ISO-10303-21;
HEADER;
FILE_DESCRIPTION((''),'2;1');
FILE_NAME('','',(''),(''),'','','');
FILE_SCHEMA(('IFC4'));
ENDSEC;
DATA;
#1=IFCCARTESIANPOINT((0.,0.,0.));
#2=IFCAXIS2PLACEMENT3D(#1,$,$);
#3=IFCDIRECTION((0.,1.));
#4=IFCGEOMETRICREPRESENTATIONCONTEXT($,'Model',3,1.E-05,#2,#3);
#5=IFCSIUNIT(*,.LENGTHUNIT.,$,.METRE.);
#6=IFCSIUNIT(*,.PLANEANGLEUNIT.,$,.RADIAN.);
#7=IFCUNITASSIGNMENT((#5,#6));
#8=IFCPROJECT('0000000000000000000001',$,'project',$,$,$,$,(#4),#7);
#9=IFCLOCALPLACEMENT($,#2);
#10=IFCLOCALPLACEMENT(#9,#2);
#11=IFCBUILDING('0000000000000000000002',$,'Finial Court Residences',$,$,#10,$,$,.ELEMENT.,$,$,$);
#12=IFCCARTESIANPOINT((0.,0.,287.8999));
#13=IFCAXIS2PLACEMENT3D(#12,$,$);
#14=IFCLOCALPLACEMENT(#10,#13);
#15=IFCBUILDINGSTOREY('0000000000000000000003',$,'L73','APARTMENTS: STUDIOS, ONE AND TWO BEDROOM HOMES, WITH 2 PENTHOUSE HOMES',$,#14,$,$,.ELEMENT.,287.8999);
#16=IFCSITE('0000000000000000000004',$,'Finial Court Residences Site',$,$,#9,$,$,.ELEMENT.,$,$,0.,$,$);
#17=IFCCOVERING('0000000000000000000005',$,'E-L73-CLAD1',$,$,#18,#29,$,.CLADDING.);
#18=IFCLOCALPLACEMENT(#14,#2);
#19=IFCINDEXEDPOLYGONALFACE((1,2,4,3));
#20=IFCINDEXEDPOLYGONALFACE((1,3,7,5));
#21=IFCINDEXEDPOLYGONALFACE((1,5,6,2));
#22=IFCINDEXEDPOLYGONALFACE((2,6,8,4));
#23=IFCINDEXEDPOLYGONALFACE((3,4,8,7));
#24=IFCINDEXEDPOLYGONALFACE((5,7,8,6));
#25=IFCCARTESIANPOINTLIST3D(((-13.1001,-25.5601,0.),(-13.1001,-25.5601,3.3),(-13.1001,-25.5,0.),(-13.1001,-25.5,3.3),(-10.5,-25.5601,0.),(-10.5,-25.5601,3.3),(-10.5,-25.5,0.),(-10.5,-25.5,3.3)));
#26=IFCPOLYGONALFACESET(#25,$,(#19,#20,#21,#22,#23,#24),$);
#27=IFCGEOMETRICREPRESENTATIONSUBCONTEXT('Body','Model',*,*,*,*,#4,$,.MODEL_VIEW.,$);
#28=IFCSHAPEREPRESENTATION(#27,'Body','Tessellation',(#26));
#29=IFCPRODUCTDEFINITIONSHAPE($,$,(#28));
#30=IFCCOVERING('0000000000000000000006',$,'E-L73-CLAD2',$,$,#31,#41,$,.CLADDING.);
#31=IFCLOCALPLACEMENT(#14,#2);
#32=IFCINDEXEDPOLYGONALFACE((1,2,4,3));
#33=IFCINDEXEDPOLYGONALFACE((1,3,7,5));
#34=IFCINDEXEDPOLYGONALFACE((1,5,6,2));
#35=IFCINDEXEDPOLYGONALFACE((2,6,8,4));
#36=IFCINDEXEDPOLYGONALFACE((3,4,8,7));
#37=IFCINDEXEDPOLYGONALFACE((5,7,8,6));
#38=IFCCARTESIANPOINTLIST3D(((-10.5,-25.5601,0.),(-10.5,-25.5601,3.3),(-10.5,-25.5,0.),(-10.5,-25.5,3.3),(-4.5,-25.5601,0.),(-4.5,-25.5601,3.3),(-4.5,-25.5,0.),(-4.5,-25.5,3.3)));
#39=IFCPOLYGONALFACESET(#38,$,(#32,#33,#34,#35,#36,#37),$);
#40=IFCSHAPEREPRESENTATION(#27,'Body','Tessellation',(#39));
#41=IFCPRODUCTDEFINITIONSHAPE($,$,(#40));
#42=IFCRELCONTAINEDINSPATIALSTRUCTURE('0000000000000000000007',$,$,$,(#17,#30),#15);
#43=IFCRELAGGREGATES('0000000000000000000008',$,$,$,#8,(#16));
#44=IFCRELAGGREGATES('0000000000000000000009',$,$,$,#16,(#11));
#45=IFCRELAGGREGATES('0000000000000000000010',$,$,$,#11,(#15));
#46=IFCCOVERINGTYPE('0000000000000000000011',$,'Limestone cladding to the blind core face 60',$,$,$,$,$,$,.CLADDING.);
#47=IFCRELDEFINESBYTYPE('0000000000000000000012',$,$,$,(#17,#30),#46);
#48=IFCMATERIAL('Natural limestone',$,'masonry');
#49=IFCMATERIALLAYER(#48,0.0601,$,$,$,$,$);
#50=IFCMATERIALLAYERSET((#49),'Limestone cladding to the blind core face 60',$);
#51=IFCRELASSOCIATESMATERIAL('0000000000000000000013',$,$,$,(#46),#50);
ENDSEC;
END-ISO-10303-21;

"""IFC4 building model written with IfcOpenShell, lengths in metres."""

from ifc_helpers import new_model, si_unit, direction, frame, origin, place, context, subcontext, project, spatial, polyline, outline, extrude, material, layer, layer_set, type_object, element, save


model = new_model("IFC4")

# Units and contexts
model_context = context("Model", 3, precision=1e-05, world=origin(), true_north=direction((0.0, 1.0)))
body_context = subcontext(model_context, "Body", "Model", "MODEL_VIEW")
ifc_project = project(units=[si_unit("LENGTHUNIT", "METRE"), si_unit("PLANEANGLEUNIT", "RADIAN")], contexts=[model_context])

# Site, building, storey
site_placement = place(None, origin())
site = spatial("IfcSite", under=ifc_project, at=site_placement, Name="Finial Court Residences Site", CompositionType="ELEMENT", RefElevation=0.0)
building_placement = place(site_placement, origin())
building = spatial("IfcBuilding", under=site, at=building_placement, Name="Finial Court Residences", CompositionType="ELEMENT")
storey_placement = place(building_placement, frame((0.0, 0.0, 287.8999)))
storey = spatial("IfcBuildingStorey", under=building, at=storey_placement, Name="L73", Description="APARTMENTS: STUDIOS, ONE AND TWO BEDROOM HOMES, WITH 2 PENTHOUSE HOMES", CompositionType="ELEMENT", Elevation=287.8999)

# Coverings
ifc_material_1 = material(Name="Natural limestone", Category="masonry")
ifc_layer_1 = layer(ifc_material_1, 0.0601)
ifc_layer_set_1 = layer_set([ifc_layer_1], Name="Limestone cladding to the blind core face 60")
covering_type = type_object("IfcCoveringType", Name="Limestone cladding to the blind core face 60", PredefinedType="CLADDING", material=ifc_layer_set_1)
covering_1_placement = place(storey_placement, origin())
element("IfcCovering", 1, at=covering_1_placement, inside=storey, type_object=covering_type, Name="E-L73-CLAD1", PredefinedType="CLADDING", context=body_context, shape_type="SweptSolid", body=[
    extrude(outline(polyline([(-10.5, -25.5601), (-10.5, -25.5), (-13.1001, -25.5), (-13.1001, -25.5601), (-10.5, -25.5601)])), origin(), (0.0, 0.0, 1.0), 3.3),
])
covering_2_placement = place(storey_placement, origin())
element("IfcCovering", 2, at=covering_2_placement, inside=storey, type_object=covering_type, Name="E-L73-CLAD2", PredefinedType="CLADDING", context=body_context, shape_type="SweptSolid", body=[
    extrude(outline(polyline([(-4.5, -25.5601), (-4.5, -25.5), (-10.5, -25.5), (-10.5, -25.5601), (-4.5, -25.5601)])), origin(), (0.0, 0.0, 1.0), 3.3),
])

save(model, "model.ifc")
